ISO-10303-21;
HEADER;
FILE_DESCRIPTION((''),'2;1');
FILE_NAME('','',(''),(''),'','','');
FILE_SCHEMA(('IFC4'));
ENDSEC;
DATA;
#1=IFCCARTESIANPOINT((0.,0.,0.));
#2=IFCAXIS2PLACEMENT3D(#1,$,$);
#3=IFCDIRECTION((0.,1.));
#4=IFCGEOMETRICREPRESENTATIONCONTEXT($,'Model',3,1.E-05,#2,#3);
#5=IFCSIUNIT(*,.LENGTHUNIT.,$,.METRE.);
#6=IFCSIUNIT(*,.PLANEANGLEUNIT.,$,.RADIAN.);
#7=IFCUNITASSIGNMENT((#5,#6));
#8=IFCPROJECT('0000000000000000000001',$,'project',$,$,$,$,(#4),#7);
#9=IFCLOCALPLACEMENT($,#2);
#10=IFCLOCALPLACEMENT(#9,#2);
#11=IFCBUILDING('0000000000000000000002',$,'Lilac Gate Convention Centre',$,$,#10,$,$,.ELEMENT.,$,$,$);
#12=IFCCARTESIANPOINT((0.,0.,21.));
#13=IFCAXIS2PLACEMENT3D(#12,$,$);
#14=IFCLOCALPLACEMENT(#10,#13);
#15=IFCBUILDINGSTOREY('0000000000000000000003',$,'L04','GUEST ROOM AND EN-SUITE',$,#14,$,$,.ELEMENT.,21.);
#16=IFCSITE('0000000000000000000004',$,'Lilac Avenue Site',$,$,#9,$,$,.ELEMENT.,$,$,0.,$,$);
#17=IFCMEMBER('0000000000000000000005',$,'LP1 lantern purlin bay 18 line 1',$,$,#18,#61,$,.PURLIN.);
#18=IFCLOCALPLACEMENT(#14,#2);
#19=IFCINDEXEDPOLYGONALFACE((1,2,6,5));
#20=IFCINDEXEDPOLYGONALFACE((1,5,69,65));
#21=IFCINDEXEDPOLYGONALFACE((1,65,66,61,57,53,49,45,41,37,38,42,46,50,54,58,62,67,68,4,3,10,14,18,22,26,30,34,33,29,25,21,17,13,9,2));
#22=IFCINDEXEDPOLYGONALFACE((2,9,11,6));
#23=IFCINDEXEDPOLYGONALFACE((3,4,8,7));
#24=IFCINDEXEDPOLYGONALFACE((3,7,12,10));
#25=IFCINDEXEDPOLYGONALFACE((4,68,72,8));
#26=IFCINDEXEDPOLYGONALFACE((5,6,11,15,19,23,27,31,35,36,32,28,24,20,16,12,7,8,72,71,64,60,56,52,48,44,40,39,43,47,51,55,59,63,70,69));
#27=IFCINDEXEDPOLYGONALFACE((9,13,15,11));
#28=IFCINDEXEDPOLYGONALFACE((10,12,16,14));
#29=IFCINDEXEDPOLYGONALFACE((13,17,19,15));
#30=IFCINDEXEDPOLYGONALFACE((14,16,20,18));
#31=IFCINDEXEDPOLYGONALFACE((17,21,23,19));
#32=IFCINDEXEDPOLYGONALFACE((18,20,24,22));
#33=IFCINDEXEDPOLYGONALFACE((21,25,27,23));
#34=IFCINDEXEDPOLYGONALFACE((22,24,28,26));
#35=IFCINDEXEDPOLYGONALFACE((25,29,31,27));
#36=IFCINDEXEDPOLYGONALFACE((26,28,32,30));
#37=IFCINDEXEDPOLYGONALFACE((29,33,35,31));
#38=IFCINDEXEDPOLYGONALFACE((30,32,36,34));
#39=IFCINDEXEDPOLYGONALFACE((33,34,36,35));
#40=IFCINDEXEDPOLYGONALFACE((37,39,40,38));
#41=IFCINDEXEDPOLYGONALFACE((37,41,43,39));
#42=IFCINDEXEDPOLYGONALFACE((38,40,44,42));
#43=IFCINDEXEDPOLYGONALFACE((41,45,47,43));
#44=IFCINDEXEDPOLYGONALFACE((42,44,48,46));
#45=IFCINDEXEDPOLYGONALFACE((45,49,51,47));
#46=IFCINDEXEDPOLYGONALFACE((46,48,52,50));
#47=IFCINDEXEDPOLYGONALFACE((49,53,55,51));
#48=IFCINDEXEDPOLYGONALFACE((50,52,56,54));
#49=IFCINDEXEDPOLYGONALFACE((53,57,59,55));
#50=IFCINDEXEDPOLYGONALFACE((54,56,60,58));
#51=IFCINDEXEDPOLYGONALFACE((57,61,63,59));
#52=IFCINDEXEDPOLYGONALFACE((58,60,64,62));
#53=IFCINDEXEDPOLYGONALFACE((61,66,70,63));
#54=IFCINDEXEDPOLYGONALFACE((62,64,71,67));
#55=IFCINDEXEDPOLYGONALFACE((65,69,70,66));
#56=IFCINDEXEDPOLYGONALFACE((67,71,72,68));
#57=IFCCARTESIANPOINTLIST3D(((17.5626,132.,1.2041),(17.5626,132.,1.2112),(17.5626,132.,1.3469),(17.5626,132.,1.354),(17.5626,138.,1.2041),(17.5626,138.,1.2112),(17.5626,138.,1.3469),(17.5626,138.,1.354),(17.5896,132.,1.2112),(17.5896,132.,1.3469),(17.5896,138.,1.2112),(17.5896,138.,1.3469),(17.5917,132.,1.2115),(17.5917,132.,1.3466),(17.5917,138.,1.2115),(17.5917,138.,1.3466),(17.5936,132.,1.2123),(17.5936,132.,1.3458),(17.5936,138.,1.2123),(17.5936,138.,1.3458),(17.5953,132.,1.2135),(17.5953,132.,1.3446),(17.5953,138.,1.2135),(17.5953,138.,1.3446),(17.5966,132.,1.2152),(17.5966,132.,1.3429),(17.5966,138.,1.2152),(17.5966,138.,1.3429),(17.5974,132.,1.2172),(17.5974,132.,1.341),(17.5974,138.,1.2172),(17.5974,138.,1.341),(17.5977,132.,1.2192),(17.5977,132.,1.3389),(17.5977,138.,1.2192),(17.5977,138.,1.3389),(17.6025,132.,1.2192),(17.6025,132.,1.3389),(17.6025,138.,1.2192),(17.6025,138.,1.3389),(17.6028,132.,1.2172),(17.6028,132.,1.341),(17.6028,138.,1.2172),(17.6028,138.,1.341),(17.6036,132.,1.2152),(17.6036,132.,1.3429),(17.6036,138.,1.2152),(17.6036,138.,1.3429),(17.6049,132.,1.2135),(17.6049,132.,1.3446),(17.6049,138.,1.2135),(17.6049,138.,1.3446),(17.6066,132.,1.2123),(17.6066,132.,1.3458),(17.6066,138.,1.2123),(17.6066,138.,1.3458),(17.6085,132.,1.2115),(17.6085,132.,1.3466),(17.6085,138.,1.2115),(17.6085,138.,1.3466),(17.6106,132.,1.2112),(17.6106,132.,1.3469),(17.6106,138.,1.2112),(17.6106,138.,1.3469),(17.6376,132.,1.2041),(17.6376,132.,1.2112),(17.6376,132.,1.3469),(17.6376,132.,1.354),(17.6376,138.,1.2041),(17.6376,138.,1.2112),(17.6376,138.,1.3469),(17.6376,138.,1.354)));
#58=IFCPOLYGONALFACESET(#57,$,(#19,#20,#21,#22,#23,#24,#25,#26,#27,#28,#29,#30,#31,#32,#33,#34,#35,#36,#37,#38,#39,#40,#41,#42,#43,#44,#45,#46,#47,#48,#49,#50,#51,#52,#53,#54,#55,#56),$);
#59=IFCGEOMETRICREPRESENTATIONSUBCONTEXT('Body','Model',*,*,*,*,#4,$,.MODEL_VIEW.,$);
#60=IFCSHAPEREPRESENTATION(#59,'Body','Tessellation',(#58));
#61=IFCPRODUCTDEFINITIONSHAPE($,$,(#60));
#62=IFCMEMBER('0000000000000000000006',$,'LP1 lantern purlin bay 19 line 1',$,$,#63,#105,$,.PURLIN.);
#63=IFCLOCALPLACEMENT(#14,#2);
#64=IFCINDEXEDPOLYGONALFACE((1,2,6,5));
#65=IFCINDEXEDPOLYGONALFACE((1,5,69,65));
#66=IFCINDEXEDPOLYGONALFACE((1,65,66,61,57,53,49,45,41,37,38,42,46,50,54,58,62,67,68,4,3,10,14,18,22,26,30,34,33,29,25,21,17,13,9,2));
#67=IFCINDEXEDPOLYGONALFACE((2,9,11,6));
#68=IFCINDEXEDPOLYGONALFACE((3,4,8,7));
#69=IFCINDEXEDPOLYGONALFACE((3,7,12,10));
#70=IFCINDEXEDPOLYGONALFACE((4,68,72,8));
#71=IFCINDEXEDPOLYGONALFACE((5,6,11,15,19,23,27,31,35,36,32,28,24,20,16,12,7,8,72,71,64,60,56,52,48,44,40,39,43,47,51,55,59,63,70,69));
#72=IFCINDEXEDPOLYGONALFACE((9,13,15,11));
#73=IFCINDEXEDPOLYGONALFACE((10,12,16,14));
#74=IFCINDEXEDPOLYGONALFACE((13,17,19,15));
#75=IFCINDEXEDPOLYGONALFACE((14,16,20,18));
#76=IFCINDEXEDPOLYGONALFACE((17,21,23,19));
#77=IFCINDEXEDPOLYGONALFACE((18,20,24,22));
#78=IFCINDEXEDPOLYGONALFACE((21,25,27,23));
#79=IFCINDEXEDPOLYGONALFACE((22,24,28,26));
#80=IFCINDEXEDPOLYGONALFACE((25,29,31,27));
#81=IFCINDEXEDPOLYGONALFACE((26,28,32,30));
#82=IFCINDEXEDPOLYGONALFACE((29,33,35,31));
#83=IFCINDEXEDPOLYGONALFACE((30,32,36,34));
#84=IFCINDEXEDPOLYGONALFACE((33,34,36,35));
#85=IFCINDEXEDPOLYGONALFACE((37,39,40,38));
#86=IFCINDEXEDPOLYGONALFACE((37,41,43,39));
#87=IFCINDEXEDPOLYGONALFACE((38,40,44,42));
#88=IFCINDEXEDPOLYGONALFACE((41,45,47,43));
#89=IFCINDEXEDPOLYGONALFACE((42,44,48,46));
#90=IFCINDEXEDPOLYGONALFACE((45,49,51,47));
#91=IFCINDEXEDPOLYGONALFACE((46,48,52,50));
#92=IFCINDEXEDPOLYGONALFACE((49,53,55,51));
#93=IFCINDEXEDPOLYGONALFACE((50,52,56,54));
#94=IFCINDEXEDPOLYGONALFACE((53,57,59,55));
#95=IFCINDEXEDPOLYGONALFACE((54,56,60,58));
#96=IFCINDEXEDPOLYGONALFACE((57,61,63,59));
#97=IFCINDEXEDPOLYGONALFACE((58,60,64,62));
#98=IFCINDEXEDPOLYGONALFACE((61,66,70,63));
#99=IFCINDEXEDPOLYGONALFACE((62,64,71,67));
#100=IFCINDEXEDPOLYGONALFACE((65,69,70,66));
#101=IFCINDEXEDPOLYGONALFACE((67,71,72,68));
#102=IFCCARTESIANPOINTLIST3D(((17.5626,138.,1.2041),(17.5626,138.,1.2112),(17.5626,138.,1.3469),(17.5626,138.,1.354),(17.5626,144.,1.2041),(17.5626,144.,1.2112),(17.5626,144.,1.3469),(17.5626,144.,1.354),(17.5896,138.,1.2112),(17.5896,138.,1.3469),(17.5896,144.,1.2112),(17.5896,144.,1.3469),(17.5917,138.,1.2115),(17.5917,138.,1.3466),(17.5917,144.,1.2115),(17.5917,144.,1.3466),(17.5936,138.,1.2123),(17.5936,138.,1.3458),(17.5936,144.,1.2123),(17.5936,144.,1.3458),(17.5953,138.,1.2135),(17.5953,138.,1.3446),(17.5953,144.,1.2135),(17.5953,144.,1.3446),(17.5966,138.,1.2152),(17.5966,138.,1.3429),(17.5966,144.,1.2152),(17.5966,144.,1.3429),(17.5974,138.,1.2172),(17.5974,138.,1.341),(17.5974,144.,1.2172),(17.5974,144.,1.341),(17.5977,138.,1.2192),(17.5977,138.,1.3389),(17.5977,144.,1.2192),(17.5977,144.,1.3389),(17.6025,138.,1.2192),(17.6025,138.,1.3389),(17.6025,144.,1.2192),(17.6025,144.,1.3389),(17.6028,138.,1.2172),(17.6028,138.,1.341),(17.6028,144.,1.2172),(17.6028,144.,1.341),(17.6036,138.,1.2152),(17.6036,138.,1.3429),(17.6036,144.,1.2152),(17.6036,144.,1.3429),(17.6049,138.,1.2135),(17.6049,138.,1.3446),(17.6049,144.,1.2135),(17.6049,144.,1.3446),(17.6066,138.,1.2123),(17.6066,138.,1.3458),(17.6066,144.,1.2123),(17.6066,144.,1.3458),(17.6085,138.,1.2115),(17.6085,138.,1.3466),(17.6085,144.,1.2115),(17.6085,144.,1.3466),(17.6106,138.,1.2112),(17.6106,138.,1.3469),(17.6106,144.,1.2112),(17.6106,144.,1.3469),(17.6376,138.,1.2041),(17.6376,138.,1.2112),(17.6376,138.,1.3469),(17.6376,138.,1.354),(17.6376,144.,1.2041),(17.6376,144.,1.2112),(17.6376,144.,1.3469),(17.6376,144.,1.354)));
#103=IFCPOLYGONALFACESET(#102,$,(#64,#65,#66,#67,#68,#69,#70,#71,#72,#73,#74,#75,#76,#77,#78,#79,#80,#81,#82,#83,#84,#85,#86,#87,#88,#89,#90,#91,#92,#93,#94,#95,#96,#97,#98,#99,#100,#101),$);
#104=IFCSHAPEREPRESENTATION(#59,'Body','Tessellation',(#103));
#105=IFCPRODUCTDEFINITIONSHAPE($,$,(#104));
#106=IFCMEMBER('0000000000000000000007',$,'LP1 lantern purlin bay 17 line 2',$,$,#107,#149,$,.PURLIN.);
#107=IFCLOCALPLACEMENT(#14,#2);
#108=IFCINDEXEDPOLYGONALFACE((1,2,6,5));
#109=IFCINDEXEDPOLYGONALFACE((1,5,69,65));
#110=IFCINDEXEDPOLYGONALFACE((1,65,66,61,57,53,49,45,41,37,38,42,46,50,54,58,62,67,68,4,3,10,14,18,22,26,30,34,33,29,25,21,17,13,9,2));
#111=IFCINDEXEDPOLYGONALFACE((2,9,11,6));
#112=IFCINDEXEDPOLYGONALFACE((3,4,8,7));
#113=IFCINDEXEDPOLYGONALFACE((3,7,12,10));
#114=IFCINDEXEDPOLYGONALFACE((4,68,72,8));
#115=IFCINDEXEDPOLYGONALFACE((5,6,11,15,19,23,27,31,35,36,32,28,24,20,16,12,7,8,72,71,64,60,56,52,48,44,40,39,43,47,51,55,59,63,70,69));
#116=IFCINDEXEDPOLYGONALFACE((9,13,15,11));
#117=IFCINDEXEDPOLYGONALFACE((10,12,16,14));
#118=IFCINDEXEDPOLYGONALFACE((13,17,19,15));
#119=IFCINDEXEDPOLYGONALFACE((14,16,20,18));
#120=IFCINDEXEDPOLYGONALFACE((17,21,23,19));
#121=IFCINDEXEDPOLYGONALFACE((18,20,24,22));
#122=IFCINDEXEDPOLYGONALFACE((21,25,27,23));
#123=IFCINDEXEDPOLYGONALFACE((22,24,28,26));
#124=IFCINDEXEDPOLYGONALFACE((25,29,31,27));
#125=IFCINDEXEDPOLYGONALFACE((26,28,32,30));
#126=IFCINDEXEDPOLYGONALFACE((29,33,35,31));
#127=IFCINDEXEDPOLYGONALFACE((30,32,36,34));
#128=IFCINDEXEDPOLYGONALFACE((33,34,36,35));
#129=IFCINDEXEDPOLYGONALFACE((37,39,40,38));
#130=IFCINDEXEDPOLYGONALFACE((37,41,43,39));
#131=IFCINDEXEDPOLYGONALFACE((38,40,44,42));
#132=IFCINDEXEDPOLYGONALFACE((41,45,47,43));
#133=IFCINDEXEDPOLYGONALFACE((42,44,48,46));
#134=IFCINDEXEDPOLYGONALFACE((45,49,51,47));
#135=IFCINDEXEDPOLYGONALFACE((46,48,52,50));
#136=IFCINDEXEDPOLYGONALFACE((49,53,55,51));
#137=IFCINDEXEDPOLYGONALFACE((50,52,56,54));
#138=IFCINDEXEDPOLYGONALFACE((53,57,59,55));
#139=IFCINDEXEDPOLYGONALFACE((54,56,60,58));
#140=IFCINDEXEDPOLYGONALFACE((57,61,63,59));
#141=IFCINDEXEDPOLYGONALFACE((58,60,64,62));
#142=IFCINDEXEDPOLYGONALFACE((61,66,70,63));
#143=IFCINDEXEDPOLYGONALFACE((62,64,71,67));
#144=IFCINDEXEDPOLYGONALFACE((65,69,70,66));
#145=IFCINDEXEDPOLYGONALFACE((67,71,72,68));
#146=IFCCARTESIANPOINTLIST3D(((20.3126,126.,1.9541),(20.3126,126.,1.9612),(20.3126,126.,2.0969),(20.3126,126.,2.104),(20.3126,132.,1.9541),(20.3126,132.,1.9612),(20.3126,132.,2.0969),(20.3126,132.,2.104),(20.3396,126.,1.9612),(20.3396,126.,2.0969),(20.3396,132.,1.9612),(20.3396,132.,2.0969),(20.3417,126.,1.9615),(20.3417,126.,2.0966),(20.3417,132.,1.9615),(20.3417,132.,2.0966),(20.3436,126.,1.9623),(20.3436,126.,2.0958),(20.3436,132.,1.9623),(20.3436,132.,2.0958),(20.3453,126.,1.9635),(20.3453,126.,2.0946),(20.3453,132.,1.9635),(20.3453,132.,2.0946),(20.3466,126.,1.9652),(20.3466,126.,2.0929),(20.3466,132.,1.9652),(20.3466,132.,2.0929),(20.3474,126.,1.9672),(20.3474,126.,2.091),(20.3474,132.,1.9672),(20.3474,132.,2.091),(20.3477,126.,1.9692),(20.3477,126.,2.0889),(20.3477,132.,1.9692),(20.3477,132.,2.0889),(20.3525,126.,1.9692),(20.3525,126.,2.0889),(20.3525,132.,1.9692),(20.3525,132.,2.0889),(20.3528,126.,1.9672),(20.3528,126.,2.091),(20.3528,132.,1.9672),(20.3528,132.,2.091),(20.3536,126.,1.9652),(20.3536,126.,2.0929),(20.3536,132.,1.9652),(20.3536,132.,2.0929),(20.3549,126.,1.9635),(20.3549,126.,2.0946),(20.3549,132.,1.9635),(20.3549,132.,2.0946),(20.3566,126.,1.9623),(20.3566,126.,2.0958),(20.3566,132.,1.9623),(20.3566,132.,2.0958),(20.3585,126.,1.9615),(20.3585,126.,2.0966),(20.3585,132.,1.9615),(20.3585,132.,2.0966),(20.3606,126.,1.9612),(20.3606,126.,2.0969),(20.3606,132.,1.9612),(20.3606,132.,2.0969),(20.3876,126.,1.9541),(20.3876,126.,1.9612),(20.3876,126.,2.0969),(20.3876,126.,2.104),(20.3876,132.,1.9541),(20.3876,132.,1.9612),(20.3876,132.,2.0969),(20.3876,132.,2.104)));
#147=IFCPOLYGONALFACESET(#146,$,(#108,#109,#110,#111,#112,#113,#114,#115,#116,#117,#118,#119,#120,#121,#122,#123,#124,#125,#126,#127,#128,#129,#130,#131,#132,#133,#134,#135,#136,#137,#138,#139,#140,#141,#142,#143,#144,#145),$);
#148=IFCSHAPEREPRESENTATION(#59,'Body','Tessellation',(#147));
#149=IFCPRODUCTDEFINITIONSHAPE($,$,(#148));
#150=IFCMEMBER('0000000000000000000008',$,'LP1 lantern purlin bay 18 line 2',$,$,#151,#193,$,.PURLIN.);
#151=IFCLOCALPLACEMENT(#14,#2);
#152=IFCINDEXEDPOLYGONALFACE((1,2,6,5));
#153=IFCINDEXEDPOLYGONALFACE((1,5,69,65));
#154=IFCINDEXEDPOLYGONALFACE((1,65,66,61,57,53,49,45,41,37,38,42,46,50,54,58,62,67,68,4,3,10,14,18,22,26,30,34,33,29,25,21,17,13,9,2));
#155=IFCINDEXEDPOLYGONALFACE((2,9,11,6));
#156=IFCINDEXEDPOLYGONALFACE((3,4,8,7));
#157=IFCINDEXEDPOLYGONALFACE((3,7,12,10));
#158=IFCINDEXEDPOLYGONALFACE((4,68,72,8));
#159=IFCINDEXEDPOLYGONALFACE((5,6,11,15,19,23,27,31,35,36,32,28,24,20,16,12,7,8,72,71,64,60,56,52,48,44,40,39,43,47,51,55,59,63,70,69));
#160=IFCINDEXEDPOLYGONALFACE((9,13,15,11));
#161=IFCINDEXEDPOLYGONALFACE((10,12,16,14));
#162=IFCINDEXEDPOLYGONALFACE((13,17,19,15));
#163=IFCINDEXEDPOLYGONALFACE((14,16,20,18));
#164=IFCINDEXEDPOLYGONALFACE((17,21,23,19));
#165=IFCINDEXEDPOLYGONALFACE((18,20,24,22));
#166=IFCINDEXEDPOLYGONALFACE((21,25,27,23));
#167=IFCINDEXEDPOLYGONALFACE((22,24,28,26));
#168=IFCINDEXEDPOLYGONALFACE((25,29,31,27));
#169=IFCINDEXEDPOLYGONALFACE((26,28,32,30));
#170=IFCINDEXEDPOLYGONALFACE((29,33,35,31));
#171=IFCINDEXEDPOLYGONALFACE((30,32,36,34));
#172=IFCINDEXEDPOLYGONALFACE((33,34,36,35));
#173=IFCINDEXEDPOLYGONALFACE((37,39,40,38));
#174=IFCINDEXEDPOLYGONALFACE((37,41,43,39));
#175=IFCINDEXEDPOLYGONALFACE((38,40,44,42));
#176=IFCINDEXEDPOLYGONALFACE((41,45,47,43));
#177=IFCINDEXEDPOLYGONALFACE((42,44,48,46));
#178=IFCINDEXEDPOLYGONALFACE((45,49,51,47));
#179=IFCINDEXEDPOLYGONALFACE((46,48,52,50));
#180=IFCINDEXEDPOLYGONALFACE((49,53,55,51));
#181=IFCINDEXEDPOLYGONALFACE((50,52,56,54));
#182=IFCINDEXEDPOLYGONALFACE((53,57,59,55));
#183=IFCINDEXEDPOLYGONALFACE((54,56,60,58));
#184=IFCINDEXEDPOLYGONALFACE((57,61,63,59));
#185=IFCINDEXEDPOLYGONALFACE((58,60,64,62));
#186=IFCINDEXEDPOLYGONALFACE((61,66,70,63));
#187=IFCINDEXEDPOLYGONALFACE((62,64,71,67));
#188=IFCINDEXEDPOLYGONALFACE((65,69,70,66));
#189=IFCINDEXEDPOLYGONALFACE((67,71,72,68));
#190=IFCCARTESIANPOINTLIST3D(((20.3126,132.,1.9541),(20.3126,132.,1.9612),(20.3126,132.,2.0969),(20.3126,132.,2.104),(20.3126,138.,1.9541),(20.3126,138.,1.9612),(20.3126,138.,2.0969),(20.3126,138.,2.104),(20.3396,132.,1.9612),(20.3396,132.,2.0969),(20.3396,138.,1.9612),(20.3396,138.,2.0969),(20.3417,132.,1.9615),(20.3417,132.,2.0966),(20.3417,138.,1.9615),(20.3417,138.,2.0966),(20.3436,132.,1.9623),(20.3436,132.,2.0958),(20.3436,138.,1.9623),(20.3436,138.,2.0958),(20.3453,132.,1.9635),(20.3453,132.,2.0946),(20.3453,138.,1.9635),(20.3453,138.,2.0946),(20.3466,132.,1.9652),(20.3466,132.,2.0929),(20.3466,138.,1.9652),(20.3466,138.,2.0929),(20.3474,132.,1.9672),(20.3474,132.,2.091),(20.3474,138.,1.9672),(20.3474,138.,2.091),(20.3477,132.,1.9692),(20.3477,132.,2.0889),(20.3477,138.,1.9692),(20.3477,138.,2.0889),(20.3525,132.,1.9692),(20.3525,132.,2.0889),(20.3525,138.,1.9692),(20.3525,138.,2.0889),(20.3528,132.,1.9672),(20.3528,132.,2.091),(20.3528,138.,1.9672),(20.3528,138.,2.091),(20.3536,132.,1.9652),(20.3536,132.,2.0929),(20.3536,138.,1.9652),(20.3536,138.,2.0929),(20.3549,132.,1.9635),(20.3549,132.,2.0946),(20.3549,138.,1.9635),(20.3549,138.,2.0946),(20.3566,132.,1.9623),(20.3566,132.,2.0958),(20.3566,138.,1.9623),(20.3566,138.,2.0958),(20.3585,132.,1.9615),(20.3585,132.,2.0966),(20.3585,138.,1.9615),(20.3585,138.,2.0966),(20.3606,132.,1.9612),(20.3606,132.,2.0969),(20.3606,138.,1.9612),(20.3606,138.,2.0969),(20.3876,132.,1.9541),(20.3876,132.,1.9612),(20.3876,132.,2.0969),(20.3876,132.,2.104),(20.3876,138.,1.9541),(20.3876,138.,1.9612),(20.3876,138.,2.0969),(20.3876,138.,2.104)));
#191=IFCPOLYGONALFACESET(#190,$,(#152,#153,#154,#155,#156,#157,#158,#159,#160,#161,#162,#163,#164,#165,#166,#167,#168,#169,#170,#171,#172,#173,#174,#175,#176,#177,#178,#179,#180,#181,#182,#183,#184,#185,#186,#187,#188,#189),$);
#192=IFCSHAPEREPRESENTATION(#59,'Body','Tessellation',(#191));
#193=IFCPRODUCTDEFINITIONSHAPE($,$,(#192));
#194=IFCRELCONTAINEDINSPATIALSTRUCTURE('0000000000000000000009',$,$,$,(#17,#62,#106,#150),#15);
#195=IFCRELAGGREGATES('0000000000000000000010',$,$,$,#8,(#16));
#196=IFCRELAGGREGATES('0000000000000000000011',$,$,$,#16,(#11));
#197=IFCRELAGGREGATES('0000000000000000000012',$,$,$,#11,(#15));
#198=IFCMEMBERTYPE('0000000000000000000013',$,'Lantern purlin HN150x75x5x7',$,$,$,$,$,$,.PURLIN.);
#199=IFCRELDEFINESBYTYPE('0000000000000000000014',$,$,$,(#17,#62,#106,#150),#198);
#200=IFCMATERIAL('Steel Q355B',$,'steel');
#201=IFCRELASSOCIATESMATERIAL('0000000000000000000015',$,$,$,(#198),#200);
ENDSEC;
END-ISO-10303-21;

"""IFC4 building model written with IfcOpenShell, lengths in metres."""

from ifc_helpers import new_model, si_unit, direction, frame, origin, origin_2d, place, context, subcontext, project, spatial, i_section, extrude, material, material_profile, profile_set, type_object, element, save


model = new_model("IFC4")

# Units and contexts
model_context = context("Model", 3, precision=1e-05, world=origin(), true_north=direction((0.0, 1.0)))
body_context = subcontext(model_context, "Body", "Model", "MODEL_VIEW")
ifc_project = project(units=[si_unit("LENGTHUNIT", "METRE"), si_unit("PLANEANGLEUNIT", "RADIAN")], contexts=[model_context])

# Site, building, storey
site_placement = place(None, origin())
site = spatial("IfcSite", under=ifc_project, at=site_placement, Name="Lilac Avenue Site", CompositionType="ELEMENT", RefElevation=0.0)
building_placement = place(site_placement, origin())
building = spatial("IfcBuilding", under=site, at=building_placement, Name="Lilac Gate Convention Centre", CompositionType="ELEMENT")
storey_placement = place(building_placement, frame((0.0, 0.0, 21.0)))
storey = spatial("IfcBuildingStorey", under=building, at=storey_placement, Name="L04", Description="GUEST ROOM AND EN-SUITE", CompositionType="ELEMENT", Elevation=21.0)

# Members
ifc_material_1 = material(Name="Steel Q355B", Category="steel")
ifc_material_profile_1 = material_profile(ifc_material_1, i_section(OverallWidth=0.075, OverallDepth=0.1499, WebThickness=0.0049, FlangeThickness=0.0071, FilletRadius=0.0081, at=origin_2d()), Name="HN150x75x5x7")
ifc_profile_set_1 = profile_set([ifc_material_profile_1], Name="Steel Q355B")
member_type_1 = type_object("IfcMemberType", Name="Lantern purlin HN150x75x5x7", PredefinedType="PURLIN", material=ifc_profile_set_1)
for number, where, z_axis, x_axis, name in (
    (1, (17.6001, 132.0, 1.2791), (0.0, 1.0, 0.0), (-1.0, 0.0, 0.0), "LP1 lantern purlin bay 18 line 1"),
    (2, (17.6001, 138.0, 1.2791), (0.0, 1.0, 0.0), (-1.0, 0.0, 0.0), "LP1 lantern purlin bay 19 line 1"),
    (3, (20.3501, 126.0, 2.0291), (0.0, 1.0, 0.0), (-1.0, 0.0, 0.0), "LP1 lantern purlin bay 17 line 2"),
    (4, (20.3501, 132.0, 2.0291), (0.0, 1.0, 0.0), (-1.0, 0.0, 0.0), "LP1 lantern purlin bay 18 line 2"),
):
    element("IfcMember", number, at=place(storey_placement, frame(where, z_axis=z_axis, x_axis=x_axis)), inside=storey, type_object=member_type_1, Name=name, PredefinedType="PURLIN", context=body_context, shape_type="SweptSolid", body=[
        extrude(i_section(OverallWidth=0.075, OverallDepth=0.1499, WebThickness=0.0049, FlangeThickness=0.0071, FilletRadius=0.0081, at=origin_2d()), origin(), (0.0, 0.0, 1.0), 6.0),
    ])

save(model, "model.ifc")
